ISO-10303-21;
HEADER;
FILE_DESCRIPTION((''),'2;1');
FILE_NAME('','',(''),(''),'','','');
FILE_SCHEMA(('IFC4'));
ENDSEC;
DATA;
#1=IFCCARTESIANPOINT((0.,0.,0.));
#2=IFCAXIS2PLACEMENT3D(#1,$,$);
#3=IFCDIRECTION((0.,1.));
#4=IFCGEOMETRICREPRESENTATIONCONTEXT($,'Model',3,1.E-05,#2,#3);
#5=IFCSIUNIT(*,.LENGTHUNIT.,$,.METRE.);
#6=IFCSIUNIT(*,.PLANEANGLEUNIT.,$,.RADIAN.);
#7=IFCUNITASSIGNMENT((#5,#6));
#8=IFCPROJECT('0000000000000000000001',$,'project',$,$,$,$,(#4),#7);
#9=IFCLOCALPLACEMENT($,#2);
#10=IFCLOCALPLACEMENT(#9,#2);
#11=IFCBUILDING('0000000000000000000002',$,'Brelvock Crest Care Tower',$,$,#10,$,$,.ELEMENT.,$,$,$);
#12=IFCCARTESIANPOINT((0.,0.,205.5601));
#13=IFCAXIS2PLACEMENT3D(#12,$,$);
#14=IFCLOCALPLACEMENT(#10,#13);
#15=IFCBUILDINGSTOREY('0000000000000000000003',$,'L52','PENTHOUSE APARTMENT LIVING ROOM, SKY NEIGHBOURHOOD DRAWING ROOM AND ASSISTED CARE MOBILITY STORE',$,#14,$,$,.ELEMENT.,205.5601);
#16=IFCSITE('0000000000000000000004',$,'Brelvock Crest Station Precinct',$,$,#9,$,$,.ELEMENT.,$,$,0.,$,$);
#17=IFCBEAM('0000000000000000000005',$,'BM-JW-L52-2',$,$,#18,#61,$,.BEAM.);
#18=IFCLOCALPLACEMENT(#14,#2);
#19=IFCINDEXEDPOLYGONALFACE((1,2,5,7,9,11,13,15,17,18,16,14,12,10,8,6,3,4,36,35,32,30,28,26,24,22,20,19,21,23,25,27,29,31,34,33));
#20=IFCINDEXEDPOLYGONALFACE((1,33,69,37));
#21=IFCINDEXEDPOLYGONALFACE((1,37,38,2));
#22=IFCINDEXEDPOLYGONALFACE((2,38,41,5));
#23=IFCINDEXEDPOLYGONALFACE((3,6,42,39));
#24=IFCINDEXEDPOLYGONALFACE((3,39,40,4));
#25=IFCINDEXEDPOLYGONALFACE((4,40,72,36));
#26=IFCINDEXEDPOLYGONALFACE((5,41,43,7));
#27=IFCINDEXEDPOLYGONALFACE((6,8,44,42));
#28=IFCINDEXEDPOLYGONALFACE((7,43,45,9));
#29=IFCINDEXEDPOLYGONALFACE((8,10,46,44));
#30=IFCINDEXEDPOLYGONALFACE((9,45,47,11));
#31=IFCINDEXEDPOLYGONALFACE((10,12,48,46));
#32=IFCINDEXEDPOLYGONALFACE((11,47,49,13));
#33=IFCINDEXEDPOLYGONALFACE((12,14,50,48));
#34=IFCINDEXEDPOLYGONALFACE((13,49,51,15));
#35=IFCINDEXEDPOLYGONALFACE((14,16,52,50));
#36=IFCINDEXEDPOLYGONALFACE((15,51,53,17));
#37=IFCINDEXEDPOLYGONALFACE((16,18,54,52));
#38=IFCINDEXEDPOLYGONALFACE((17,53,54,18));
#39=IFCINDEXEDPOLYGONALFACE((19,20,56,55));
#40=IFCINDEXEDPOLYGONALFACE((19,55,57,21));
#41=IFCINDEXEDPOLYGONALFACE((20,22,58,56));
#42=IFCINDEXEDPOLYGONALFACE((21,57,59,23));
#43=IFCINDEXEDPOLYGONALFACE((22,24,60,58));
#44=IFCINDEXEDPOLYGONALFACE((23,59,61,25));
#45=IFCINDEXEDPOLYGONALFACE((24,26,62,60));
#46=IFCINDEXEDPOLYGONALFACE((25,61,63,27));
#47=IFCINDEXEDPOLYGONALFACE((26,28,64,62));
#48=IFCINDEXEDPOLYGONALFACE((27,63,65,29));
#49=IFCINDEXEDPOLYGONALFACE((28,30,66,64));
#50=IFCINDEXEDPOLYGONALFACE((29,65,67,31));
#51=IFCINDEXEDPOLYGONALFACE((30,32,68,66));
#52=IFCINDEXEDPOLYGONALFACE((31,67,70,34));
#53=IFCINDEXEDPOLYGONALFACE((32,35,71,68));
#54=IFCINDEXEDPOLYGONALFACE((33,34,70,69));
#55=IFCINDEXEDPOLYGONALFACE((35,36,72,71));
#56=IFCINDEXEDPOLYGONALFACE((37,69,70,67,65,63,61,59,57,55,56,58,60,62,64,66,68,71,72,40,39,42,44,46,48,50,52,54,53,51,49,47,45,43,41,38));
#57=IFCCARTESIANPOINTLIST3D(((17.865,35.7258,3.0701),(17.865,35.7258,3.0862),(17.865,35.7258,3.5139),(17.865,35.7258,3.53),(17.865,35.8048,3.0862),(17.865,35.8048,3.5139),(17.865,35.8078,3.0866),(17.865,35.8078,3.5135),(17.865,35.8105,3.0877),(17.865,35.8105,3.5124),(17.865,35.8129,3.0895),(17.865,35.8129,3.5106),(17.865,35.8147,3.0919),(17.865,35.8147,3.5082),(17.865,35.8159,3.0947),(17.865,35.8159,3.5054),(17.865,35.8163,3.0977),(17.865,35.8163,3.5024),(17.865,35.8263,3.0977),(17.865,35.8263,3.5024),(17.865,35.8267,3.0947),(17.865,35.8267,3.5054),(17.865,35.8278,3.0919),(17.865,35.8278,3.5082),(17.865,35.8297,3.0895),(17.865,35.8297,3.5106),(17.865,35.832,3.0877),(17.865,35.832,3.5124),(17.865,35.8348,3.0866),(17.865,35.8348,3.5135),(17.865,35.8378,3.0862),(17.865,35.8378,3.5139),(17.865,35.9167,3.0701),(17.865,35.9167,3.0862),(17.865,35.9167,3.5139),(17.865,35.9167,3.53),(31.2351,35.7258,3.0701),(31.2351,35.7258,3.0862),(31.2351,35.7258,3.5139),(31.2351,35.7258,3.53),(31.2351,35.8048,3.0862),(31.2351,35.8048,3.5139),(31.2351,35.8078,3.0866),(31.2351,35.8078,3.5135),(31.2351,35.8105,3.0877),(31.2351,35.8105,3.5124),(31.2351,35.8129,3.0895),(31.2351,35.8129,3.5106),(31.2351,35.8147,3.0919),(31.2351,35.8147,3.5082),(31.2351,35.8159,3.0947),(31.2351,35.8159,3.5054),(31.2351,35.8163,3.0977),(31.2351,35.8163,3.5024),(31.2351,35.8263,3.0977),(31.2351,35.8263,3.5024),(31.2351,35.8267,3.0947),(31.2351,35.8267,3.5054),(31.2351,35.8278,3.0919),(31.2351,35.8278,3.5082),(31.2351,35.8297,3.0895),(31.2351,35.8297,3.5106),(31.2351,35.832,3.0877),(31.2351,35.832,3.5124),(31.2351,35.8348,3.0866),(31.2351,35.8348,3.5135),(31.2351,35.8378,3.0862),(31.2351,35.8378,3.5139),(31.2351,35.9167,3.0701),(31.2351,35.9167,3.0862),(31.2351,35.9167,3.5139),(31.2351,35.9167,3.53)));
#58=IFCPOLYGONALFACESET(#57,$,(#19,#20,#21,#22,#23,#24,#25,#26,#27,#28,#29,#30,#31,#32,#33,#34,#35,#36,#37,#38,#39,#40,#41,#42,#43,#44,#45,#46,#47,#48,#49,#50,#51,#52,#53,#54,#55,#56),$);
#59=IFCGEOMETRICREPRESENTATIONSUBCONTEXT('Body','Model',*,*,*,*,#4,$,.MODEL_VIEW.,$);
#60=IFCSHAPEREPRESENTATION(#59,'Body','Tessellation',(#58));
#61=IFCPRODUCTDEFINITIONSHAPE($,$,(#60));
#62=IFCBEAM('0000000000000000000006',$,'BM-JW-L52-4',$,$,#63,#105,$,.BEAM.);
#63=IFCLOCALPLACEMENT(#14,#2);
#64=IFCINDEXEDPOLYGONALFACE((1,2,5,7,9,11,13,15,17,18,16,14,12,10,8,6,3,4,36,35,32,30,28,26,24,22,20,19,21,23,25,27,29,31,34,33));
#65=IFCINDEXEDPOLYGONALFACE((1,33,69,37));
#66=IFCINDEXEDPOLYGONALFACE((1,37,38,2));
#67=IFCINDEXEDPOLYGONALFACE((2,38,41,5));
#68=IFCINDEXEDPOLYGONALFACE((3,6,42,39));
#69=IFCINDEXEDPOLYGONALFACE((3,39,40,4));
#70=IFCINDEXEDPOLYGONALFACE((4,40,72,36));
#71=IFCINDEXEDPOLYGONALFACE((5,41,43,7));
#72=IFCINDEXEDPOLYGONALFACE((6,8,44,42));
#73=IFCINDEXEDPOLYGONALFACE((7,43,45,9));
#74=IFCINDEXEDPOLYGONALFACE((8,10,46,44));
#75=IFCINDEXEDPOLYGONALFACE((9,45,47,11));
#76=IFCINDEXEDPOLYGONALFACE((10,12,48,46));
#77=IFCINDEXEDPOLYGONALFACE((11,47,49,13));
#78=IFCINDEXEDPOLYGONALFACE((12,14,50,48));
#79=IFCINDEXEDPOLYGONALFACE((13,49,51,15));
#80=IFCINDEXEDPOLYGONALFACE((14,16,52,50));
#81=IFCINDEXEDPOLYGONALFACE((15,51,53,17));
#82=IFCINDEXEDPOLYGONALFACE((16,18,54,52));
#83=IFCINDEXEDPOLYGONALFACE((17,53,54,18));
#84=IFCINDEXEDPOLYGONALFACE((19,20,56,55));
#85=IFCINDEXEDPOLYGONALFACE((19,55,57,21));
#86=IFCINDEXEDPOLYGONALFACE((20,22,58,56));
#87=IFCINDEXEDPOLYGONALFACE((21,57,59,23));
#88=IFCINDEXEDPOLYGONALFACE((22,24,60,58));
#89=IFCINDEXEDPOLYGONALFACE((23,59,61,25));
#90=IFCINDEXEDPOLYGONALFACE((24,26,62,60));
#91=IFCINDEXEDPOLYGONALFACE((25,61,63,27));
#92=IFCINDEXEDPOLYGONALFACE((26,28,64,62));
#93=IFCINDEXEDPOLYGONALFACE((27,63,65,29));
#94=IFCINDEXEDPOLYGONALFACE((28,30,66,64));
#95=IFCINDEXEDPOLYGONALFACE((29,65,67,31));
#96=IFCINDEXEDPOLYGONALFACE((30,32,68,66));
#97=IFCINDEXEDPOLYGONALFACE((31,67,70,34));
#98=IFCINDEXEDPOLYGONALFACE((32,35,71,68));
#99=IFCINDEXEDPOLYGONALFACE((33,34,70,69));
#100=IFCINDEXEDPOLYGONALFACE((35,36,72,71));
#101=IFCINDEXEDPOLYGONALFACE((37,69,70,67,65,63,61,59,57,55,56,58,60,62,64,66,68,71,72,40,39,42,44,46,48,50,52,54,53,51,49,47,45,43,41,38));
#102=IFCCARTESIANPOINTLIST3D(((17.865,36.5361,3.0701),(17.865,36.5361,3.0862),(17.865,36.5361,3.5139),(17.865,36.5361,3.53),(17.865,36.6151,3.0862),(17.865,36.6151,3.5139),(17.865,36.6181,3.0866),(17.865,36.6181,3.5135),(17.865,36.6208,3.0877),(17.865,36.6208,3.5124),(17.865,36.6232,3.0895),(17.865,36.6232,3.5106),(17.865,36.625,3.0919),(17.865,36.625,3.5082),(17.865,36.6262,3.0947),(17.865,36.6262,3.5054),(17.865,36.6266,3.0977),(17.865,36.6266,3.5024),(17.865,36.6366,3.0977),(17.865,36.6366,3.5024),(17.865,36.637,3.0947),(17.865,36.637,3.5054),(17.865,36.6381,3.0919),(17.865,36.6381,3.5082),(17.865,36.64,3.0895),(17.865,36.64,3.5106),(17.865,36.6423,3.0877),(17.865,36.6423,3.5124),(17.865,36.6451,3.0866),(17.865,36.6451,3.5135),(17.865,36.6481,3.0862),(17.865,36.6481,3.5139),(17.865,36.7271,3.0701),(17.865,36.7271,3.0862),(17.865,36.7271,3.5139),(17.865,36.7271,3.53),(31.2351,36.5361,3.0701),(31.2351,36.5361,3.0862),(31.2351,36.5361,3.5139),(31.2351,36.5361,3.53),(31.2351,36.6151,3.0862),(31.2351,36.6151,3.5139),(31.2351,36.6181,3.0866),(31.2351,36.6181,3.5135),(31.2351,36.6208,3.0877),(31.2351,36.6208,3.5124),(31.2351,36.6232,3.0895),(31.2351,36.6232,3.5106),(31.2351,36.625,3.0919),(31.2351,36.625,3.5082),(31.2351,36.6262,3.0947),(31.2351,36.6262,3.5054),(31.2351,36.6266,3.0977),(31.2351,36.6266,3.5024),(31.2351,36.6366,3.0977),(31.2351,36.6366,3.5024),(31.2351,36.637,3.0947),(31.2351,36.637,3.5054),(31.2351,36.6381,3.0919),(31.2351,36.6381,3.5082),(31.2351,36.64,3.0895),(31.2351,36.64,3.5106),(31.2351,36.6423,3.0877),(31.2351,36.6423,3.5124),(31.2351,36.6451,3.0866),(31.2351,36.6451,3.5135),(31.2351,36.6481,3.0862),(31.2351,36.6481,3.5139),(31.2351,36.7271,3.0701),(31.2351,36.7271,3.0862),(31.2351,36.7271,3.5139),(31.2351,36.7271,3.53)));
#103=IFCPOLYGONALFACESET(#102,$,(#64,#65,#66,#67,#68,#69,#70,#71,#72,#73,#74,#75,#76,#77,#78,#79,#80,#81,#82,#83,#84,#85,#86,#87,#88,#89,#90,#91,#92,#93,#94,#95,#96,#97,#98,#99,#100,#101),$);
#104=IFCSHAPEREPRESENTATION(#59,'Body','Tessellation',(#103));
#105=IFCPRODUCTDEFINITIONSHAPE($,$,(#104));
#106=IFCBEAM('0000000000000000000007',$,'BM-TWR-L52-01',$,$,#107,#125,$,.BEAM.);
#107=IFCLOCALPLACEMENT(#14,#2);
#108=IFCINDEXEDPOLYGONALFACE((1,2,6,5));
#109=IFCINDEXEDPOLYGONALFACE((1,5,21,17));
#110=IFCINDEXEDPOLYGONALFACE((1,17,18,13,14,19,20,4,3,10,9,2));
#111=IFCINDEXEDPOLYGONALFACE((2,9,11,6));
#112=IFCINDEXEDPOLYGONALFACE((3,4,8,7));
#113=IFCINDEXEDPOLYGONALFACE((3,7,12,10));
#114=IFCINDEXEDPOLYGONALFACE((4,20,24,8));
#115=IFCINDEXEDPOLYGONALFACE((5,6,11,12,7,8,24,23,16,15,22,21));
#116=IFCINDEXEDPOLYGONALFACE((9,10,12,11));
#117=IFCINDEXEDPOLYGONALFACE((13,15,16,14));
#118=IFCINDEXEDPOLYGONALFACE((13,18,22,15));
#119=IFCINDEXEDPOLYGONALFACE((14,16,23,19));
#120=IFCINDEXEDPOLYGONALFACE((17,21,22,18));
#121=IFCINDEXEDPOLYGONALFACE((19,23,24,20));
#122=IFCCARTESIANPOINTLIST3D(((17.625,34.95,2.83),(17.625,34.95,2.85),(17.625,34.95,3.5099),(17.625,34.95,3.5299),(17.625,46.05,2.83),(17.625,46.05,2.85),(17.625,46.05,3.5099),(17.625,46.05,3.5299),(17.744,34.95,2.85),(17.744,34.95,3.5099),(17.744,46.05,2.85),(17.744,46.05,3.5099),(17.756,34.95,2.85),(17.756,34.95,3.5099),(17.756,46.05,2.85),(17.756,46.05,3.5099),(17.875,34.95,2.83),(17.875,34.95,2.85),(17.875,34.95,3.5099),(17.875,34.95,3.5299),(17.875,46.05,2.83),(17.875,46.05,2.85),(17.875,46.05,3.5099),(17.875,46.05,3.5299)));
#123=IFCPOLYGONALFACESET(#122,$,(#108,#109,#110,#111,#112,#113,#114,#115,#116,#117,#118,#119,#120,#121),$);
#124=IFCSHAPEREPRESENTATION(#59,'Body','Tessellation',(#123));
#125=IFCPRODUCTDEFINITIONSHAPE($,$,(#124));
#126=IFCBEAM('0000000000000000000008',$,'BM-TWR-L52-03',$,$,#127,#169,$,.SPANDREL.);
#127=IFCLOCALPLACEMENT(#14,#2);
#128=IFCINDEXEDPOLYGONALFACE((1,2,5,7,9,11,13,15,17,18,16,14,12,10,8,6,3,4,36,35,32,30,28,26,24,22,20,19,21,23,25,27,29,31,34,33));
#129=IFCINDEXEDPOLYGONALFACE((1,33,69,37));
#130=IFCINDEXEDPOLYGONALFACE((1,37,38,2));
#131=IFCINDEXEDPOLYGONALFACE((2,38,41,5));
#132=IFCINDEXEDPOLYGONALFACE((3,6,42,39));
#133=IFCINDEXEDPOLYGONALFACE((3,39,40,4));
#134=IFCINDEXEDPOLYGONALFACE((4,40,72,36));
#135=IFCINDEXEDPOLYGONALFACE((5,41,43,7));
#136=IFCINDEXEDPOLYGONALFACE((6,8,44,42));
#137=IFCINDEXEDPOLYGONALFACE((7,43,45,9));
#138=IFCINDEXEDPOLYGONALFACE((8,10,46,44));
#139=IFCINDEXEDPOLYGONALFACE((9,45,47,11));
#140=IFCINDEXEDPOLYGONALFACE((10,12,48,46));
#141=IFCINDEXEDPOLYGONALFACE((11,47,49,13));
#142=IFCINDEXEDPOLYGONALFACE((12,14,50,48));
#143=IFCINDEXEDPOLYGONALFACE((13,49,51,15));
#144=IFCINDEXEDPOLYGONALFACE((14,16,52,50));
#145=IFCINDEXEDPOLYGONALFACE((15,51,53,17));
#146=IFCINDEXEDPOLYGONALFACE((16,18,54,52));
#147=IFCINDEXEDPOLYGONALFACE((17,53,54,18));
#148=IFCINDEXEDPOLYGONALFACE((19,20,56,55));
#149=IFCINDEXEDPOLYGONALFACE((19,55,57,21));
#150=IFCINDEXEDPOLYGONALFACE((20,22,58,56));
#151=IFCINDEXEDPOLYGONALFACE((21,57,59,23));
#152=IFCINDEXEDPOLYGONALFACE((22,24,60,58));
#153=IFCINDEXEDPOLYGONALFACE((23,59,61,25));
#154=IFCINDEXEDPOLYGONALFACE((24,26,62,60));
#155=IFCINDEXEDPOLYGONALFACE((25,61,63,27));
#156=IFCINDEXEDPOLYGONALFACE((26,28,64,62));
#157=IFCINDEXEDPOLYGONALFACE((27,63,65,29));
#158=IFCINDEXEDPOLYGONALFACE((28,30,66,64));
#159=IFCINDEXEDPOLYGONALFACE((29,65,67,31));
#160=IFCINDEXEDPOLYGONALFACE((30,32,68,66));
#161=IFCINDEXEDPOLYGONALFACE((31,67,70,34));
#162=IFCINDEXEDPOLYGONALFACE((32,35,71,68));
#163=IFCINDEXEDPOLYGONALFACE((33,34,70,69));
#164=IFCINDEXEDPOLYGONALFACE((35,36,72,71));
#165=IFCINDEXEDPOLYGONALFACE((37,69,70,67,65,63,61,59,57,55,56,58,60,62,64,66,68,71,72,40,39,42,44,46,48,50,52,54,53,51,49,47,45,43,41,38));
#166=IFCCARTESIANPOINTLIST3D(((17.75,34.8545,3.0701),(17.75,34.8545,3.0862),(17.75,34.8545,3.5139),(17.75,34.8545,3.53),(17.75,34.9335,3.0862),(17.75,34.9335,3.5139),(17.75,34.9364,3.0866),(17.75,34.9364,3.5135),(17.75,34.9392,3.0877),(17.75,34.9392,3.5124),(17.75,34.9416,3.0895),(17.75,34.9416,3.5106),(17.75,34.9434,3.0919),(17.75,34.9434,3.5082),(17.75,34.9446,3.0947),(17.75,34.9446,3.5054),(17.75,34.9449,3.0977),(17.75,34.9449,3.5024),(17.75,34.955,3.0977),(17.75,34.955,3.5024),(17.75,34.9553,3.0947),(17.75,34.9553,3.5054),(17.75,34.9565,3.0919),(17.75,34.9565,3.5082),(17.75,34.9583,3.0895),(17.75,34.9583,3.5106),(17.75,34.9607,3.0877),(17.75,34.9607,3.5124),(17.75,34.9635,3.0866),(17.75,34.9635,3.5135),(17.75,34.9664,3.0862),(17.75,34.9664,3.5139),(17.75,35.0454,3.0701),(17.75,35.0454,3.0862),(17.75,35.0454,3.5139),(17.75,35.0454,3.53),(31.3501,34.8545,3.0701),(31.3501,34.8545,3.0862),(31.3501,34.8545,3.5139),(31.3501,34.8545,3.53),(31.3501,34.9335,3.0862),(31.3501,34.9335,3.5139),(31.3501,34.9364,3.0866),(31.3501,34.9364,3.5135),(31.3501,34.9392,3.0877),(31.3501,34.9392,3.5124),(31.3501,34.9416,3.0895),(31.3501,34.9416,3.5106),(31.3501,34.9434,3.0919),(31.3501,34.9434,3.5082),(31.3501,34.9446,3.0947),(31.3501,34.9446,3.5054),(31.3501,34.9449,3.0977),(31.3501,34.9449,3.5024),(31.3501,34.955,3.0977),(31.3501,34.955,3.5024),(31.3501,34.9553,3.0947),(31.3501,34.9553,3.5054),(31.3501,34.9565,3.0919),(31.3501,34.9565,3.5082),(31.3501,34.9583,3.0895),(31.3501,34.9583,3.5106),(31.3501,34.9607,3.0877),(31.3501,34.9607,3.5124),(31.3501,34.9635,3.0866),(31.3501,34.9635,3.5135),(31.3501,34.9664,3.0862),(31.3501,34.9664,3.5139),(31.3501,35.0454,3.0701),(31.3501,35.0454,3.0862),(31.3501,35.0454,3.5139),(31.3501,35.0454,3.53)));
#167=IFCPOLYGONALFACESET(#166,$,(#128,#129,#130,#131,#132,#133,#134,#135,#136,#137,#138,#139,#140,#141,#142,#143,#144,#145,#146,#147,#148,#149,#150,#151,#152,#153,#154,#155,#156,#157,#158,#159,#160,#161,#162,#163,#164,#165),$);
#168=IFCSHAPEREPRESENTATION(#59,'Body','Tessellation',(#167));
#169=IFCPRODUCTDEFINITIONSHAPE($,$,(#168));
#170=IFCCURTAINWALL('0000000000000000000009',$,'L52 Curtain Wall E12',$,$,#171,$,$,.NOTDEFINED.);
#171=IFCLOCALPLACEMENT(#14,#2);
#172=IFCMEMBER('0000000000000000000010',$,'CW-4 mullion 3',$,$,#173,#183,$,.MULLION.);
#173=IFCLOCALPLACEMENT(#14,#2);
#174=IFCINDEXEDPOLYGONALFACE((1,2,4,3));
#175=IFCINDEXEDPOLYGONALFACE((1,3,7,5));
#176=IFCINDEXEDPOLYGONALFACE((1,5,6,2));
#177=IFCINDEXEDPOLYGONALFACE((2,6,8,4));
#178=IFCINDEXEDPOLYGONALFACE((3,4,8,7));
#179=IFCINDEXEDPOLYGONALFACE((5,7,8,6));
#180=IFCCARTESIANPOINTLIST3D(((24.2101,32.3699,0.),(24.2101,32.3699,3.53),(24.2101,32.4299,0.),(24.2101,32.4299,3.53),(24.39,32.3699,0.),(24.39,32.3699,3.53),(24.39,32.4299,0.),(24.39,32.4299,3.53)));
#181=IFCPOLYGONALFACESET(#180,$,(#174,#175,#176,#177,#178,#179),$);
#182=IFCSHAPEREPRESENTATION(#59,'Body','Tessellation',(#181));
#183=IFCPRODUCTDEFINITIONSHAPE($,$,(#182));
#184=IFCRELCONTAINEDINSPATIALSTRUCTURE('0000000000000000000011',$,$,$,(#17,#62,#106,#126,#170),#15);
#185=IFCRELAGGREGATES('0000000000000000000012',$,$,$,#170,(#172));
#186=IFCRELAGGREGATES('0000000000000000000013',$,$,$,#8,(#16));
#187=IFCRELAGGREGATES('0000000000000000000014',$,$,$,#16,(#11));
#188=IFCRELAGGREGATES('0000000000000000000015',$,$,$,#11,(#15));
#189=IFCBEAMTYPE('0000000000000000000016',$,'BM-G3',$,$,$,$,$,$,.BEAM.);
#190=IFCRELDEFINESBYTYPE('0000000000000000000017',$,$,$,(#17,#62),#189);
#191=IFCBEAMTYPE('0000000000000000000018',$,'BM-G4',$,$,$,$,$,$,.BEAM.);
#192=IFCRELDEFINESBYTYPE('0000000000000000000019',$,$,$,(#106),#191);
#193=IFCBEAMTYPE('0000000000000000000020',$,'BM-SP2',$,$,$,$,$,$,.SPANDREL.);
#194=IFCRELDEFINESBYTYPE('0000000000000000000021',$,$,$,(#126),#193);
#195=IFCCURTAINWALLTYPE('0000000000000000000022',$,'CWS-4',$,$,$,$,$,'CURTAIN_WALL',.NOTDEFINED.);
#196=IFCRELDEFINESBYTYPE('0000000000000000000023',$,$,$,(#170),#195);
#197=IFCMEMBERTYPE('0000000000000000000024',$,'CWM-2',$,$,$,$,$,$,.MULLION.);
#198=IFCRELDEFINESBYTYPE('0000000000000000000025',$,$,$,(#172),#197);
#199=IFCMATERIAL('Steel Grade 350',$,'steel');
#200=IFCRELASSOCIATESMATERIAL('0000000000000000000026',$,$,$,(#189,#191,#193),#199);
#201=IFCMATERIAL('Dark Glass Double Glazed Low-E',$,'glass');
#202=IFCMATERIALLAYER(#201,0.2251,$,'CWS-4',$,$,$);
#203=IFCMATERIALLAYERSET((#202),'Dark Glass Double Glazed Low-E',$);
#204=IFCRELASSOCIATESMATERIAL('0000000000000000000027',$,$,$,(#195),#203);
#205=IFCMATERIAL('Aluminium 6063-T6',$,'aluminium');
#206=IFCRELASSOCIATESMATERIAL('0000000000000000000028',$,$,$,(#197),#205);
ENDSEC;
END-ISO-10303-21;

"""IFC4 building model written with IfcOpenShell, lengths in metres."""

from ifc_helpers import new_model, si_unit, direction, frame, origin, origin_2d, place, context, subcontext, project, spatial, rectangle, i_section, extrude, source, transform, mapped, material, layer, layer_set, material_profile, profile_set, type_object, element, aggregate, save


model = new_model("IFC4")

# Units and contexts
model_context = context("Model", 3, precision=1e-05, world=origin(), true_north=direction((0.0, 1.0)))
body_context = subcontext(model_context, "Body", "Model", "MODEL_VIEW")
ifc_project = project(units=[si_unit("LENGTHUNIT", "METRE"), si_unit("PLANEANGLEUNIT", "RADIAN")], contexts=[model_context])

# Site, building, storey
site_placement = place(None, origin())
site = spatial("IfcSite", under=ifc_project, at=site_placement, Name="Brelvock Crest Station Precinct", CompositionType="ELEMENT", RefElevation=0.0)
building_placement = place(site_placement, origin())
building = spatial("IfcBuilding", under=site, at=building_placement, Name="Brelvock Crest Care Tower", CompositionType="ELEMENT")
storey_placement = place(building_placement, frame((0.0, 0.0, 205.5601)))
storey = spatial("IfcBuildingStorey", under=building, at=storey_placement, Name="L52", Description="PENTHOUSE APARTMENT LIVING ROOM, SKY NEIGHBOURHOOD DRAWING ROOM AND ASSISTED CARE MOBILITY STORE", CompositionType="ELEMENT", Elevation=205.5601)

# Shared definitions
ifc_material_1 = material(Name="Steel Grade 350", Category="steel")

# Beams
ifc_material_profile_1 = material_profile(ifc_material_1, i_section(OverallWidth=0.1909, OverallDepth=0.46, WebThickness=0.01, FlangeThickness=0.0161, FilletRadius=0.0115, at=origin_2d()), Name="460UB82.1")
ifc_profile_set_1 = profile_set([ifc_material_profile_1], Name="Steel Grade 350")
beam_type_1 = type_object("IfcBeamType", Name="BM-G3", PredefinedType="BEAM", material=ifc_profile_set_1)
shared_shape_1 = source(origin(), body_context, "Body", "SweptSolid", [
    extrude(i_section(OverallWidth=0.1909, OverallDepth=0.46, WebThickness=0.01, FlangeThickness=0.0161, FilletRadius=0.0115, at=origin_2d()), origin(), (0.0, 0.0, 1.0), 13.3701),
])
for number, where, z_axis, x_axis, name in (
    (1, (17.865, 35.8213, 3.3), (1.0, 0.0, 0.0), (0.0, 1.0, 0.0), "BM-JW-L52-2"),
    (2, (17.865, 36.6316, 3.3), (1.0, 0.0, 0.0), (0.0, 1.0, 0.0), "BM-JW-L52-4"),
):
    element("IfcBeam", number, at=place(storey_placement, frame(where, z_axis=z_axis, x_axis=x_axis)), inside=storey, type_object=beam_type_1, Name=name, PredefinedType="BEAM", context=body_context, shape_type="MappedRepresentation", body=[
        mapped(shared_shape_1, transform((0.0, 0.0, 0.0), x_axis=(1.0, 0.0, 0.0), y_axis=(0.0, 1.0, 0.0), z_axis=(0.0, 0.0, 1.0), scale=1.0)),
    ])
ifc_material_profile_2 = material_profile(ifc_material_1, i_section(OverallWidth=0.25, OverallDepth=0.7, WebThickness=0.012, FlangeThickness=0.02, at=origin_2d()), Name="700WB150")
ifc_profile_set_2 = profile_set([ifc_material_profile_2], Name="Steel Grade 350")
beam_type_2 = type_object("IfcBeamType", Name="BM-G4", PredefinedType="BEAM", material=ifc_profile_set_2)
shared_shape_2 = source(origin(), body_context, "Body", "SweptSolid", [
    extrude(i_section(OverallWidth=0.25, OverallDepth=0.7, WebThickness=0.012, FlangeThickness=0.02, at=origin_2d()), origin(), (0.0, 0.0, 1.0), 11.1001),
])
beam_1_placement = place(storey_placement, frame((17.75, 34.95, 3.1799), z_axis=(0.0, 1.0, 0.0), x_axis=(-1.0, 0.0, 0.0)))
element("IfcBeam", 3, at=beam_1_placement, inside=storey, type_object=beam_type_2, Name="BM-TWR-L52-01", PredefinedType="BEAM", context=body_context, shape_type="MappedRepresentation", body=[
    mapped(shared_shape_2, transform((0.0, 0.0, 0.0), x_axis=(1.0, 0.0, 0.0), y_axis=(0.0, 1.0, 0.0), z_axis=(0.0, 0.0, 1.0), scale=1.0)),
])
ifc_material_profile_3 = material_profile(ifc_material_1, i_section(OverallWidth=0.1909, OverallDepth=0.46, WebThickness=0.01, FlangeThickness=0.0161, FilletRadius=0.0115, at=origin_2d()), Name="460UB82.1")
ifc_profile_set_3 = profile_set([ifc_material_profile_3], Name="Steel Grade 350")
beam_type_3 = type_object("IfcBeamType", Name="BM-SP2", PredefinedType="SPANDREL", material=ifc_profile_set_3)
shared_shape_3 = source(origin(), body_context, "Body", "SweptSolid", [
    extrude(i_section(OverallWidth=0.1909, OverallDepth=0.46, WebThickness=0.01, FlangeThickness=0.0161, FilletRadius=0.0115, at=origin_2d()), origin(), (0.0, 0.0, 1.0), 13.6001),
])
beam_2_placement = place(storey_placement, frame((17.75, 34.95, 3.3), z_axis=(1.0, 0.0, 0.0), x_axis=(0.0, 1.0, 0.0)))
element("IfcBeam", 4, at=beam_2_placement, inside=storey, type_object=beam_type_3, Name="BM-TWR-L52-03", PredefinedType="SPANDREL", context=body_context, shape_type="MappedRepresentation", body=[
    mapped(shared_shape_3, transform((0.0, 0.0, 0.0), x_axis=(1.0, 0.0, 0.0), y_axis=(0.0, 1.0, 0.0), z_axis=(0.0, 0.0, 1.0), scale=1.0)),
])

# Curtain wall, member
ifc_material_2 = material(Name="Dark Glass Double Glazed Low-E", Category="glass")
ifc_layer_1 = layer(ifc_material_2, 0.2251, Name="CWS-4")
ifc_layer_set_1 = layer_set([ifc_layer_1], Name="Dark Glass Double Glazed Low-E")
curtain_wall_type = type_object("IfcCurtainWallType", Name="CWS-4", ElementType="CURTAIN_WALL", PredefinedType="NOTDEFINED", material=ifc_layer_set_1)
curtain_wall_1_placement = place(storey_placement, origin())
curtain_wall_1 = element("IfcCurtainWall", 5, at=curtain_wall_1_placement, inside=storey, type_object=curtain_wall_type, Name="L52 Curtain Wall E12", PredefinedType="NOTDEFINED")
ifc_material_3 = material(Name="Aluminium 6063-T6", Category="aluminium")
ifc_material_profile_4 = material_profile(ifc_material_3, rectangle(XDim=0.0601, YDim=0.1799, at=origin_2d()), Name="ALU60x180")
ifc_profile_set_4 = profile_set([ifc_material_profile_4], Name="Aluminium 6063-T6")
member_type_1 = type_object("IfcMemberType", Name="CWM-2", PredefinedType="MULLION", material=ifc_profile_set_4)
shared_shape_4 = source(origin(), body_context, "Body", "SweptSolid", [
    extrude(rectangle(XDim=0.0601, YDim=0.1799, at=origin_2d()), origin(), (0.0, 0.0, 1.0), 3.53),
])
member_1_placement = place(storey_placement, frame((24.3, 32.3999, 0.0), z_axis=(0.0, 0.0, 1.0), x_axis=(0.0, -1.0, 0.0)))
member_1 = element("IfcMember", 6, at=member_1_placement, type_object=member_type_1, Name="CW-4 mullion 3", PredefinedType="MULLION", context=body_context, shape_type="MappedRepresentation", body=[
    mapped(shared_shape_4, transform((0.0, 0.0, 0.0), x_axis=(1.0, 0.0, 0.0), y_axis=(0.0, 1.0, 0.0), z_axis=(0.0, 0.0, 1.0), scale=1.0)),
])

aggregate(curtain_wall_1, [member_1])

save(model, "model.ifc")
